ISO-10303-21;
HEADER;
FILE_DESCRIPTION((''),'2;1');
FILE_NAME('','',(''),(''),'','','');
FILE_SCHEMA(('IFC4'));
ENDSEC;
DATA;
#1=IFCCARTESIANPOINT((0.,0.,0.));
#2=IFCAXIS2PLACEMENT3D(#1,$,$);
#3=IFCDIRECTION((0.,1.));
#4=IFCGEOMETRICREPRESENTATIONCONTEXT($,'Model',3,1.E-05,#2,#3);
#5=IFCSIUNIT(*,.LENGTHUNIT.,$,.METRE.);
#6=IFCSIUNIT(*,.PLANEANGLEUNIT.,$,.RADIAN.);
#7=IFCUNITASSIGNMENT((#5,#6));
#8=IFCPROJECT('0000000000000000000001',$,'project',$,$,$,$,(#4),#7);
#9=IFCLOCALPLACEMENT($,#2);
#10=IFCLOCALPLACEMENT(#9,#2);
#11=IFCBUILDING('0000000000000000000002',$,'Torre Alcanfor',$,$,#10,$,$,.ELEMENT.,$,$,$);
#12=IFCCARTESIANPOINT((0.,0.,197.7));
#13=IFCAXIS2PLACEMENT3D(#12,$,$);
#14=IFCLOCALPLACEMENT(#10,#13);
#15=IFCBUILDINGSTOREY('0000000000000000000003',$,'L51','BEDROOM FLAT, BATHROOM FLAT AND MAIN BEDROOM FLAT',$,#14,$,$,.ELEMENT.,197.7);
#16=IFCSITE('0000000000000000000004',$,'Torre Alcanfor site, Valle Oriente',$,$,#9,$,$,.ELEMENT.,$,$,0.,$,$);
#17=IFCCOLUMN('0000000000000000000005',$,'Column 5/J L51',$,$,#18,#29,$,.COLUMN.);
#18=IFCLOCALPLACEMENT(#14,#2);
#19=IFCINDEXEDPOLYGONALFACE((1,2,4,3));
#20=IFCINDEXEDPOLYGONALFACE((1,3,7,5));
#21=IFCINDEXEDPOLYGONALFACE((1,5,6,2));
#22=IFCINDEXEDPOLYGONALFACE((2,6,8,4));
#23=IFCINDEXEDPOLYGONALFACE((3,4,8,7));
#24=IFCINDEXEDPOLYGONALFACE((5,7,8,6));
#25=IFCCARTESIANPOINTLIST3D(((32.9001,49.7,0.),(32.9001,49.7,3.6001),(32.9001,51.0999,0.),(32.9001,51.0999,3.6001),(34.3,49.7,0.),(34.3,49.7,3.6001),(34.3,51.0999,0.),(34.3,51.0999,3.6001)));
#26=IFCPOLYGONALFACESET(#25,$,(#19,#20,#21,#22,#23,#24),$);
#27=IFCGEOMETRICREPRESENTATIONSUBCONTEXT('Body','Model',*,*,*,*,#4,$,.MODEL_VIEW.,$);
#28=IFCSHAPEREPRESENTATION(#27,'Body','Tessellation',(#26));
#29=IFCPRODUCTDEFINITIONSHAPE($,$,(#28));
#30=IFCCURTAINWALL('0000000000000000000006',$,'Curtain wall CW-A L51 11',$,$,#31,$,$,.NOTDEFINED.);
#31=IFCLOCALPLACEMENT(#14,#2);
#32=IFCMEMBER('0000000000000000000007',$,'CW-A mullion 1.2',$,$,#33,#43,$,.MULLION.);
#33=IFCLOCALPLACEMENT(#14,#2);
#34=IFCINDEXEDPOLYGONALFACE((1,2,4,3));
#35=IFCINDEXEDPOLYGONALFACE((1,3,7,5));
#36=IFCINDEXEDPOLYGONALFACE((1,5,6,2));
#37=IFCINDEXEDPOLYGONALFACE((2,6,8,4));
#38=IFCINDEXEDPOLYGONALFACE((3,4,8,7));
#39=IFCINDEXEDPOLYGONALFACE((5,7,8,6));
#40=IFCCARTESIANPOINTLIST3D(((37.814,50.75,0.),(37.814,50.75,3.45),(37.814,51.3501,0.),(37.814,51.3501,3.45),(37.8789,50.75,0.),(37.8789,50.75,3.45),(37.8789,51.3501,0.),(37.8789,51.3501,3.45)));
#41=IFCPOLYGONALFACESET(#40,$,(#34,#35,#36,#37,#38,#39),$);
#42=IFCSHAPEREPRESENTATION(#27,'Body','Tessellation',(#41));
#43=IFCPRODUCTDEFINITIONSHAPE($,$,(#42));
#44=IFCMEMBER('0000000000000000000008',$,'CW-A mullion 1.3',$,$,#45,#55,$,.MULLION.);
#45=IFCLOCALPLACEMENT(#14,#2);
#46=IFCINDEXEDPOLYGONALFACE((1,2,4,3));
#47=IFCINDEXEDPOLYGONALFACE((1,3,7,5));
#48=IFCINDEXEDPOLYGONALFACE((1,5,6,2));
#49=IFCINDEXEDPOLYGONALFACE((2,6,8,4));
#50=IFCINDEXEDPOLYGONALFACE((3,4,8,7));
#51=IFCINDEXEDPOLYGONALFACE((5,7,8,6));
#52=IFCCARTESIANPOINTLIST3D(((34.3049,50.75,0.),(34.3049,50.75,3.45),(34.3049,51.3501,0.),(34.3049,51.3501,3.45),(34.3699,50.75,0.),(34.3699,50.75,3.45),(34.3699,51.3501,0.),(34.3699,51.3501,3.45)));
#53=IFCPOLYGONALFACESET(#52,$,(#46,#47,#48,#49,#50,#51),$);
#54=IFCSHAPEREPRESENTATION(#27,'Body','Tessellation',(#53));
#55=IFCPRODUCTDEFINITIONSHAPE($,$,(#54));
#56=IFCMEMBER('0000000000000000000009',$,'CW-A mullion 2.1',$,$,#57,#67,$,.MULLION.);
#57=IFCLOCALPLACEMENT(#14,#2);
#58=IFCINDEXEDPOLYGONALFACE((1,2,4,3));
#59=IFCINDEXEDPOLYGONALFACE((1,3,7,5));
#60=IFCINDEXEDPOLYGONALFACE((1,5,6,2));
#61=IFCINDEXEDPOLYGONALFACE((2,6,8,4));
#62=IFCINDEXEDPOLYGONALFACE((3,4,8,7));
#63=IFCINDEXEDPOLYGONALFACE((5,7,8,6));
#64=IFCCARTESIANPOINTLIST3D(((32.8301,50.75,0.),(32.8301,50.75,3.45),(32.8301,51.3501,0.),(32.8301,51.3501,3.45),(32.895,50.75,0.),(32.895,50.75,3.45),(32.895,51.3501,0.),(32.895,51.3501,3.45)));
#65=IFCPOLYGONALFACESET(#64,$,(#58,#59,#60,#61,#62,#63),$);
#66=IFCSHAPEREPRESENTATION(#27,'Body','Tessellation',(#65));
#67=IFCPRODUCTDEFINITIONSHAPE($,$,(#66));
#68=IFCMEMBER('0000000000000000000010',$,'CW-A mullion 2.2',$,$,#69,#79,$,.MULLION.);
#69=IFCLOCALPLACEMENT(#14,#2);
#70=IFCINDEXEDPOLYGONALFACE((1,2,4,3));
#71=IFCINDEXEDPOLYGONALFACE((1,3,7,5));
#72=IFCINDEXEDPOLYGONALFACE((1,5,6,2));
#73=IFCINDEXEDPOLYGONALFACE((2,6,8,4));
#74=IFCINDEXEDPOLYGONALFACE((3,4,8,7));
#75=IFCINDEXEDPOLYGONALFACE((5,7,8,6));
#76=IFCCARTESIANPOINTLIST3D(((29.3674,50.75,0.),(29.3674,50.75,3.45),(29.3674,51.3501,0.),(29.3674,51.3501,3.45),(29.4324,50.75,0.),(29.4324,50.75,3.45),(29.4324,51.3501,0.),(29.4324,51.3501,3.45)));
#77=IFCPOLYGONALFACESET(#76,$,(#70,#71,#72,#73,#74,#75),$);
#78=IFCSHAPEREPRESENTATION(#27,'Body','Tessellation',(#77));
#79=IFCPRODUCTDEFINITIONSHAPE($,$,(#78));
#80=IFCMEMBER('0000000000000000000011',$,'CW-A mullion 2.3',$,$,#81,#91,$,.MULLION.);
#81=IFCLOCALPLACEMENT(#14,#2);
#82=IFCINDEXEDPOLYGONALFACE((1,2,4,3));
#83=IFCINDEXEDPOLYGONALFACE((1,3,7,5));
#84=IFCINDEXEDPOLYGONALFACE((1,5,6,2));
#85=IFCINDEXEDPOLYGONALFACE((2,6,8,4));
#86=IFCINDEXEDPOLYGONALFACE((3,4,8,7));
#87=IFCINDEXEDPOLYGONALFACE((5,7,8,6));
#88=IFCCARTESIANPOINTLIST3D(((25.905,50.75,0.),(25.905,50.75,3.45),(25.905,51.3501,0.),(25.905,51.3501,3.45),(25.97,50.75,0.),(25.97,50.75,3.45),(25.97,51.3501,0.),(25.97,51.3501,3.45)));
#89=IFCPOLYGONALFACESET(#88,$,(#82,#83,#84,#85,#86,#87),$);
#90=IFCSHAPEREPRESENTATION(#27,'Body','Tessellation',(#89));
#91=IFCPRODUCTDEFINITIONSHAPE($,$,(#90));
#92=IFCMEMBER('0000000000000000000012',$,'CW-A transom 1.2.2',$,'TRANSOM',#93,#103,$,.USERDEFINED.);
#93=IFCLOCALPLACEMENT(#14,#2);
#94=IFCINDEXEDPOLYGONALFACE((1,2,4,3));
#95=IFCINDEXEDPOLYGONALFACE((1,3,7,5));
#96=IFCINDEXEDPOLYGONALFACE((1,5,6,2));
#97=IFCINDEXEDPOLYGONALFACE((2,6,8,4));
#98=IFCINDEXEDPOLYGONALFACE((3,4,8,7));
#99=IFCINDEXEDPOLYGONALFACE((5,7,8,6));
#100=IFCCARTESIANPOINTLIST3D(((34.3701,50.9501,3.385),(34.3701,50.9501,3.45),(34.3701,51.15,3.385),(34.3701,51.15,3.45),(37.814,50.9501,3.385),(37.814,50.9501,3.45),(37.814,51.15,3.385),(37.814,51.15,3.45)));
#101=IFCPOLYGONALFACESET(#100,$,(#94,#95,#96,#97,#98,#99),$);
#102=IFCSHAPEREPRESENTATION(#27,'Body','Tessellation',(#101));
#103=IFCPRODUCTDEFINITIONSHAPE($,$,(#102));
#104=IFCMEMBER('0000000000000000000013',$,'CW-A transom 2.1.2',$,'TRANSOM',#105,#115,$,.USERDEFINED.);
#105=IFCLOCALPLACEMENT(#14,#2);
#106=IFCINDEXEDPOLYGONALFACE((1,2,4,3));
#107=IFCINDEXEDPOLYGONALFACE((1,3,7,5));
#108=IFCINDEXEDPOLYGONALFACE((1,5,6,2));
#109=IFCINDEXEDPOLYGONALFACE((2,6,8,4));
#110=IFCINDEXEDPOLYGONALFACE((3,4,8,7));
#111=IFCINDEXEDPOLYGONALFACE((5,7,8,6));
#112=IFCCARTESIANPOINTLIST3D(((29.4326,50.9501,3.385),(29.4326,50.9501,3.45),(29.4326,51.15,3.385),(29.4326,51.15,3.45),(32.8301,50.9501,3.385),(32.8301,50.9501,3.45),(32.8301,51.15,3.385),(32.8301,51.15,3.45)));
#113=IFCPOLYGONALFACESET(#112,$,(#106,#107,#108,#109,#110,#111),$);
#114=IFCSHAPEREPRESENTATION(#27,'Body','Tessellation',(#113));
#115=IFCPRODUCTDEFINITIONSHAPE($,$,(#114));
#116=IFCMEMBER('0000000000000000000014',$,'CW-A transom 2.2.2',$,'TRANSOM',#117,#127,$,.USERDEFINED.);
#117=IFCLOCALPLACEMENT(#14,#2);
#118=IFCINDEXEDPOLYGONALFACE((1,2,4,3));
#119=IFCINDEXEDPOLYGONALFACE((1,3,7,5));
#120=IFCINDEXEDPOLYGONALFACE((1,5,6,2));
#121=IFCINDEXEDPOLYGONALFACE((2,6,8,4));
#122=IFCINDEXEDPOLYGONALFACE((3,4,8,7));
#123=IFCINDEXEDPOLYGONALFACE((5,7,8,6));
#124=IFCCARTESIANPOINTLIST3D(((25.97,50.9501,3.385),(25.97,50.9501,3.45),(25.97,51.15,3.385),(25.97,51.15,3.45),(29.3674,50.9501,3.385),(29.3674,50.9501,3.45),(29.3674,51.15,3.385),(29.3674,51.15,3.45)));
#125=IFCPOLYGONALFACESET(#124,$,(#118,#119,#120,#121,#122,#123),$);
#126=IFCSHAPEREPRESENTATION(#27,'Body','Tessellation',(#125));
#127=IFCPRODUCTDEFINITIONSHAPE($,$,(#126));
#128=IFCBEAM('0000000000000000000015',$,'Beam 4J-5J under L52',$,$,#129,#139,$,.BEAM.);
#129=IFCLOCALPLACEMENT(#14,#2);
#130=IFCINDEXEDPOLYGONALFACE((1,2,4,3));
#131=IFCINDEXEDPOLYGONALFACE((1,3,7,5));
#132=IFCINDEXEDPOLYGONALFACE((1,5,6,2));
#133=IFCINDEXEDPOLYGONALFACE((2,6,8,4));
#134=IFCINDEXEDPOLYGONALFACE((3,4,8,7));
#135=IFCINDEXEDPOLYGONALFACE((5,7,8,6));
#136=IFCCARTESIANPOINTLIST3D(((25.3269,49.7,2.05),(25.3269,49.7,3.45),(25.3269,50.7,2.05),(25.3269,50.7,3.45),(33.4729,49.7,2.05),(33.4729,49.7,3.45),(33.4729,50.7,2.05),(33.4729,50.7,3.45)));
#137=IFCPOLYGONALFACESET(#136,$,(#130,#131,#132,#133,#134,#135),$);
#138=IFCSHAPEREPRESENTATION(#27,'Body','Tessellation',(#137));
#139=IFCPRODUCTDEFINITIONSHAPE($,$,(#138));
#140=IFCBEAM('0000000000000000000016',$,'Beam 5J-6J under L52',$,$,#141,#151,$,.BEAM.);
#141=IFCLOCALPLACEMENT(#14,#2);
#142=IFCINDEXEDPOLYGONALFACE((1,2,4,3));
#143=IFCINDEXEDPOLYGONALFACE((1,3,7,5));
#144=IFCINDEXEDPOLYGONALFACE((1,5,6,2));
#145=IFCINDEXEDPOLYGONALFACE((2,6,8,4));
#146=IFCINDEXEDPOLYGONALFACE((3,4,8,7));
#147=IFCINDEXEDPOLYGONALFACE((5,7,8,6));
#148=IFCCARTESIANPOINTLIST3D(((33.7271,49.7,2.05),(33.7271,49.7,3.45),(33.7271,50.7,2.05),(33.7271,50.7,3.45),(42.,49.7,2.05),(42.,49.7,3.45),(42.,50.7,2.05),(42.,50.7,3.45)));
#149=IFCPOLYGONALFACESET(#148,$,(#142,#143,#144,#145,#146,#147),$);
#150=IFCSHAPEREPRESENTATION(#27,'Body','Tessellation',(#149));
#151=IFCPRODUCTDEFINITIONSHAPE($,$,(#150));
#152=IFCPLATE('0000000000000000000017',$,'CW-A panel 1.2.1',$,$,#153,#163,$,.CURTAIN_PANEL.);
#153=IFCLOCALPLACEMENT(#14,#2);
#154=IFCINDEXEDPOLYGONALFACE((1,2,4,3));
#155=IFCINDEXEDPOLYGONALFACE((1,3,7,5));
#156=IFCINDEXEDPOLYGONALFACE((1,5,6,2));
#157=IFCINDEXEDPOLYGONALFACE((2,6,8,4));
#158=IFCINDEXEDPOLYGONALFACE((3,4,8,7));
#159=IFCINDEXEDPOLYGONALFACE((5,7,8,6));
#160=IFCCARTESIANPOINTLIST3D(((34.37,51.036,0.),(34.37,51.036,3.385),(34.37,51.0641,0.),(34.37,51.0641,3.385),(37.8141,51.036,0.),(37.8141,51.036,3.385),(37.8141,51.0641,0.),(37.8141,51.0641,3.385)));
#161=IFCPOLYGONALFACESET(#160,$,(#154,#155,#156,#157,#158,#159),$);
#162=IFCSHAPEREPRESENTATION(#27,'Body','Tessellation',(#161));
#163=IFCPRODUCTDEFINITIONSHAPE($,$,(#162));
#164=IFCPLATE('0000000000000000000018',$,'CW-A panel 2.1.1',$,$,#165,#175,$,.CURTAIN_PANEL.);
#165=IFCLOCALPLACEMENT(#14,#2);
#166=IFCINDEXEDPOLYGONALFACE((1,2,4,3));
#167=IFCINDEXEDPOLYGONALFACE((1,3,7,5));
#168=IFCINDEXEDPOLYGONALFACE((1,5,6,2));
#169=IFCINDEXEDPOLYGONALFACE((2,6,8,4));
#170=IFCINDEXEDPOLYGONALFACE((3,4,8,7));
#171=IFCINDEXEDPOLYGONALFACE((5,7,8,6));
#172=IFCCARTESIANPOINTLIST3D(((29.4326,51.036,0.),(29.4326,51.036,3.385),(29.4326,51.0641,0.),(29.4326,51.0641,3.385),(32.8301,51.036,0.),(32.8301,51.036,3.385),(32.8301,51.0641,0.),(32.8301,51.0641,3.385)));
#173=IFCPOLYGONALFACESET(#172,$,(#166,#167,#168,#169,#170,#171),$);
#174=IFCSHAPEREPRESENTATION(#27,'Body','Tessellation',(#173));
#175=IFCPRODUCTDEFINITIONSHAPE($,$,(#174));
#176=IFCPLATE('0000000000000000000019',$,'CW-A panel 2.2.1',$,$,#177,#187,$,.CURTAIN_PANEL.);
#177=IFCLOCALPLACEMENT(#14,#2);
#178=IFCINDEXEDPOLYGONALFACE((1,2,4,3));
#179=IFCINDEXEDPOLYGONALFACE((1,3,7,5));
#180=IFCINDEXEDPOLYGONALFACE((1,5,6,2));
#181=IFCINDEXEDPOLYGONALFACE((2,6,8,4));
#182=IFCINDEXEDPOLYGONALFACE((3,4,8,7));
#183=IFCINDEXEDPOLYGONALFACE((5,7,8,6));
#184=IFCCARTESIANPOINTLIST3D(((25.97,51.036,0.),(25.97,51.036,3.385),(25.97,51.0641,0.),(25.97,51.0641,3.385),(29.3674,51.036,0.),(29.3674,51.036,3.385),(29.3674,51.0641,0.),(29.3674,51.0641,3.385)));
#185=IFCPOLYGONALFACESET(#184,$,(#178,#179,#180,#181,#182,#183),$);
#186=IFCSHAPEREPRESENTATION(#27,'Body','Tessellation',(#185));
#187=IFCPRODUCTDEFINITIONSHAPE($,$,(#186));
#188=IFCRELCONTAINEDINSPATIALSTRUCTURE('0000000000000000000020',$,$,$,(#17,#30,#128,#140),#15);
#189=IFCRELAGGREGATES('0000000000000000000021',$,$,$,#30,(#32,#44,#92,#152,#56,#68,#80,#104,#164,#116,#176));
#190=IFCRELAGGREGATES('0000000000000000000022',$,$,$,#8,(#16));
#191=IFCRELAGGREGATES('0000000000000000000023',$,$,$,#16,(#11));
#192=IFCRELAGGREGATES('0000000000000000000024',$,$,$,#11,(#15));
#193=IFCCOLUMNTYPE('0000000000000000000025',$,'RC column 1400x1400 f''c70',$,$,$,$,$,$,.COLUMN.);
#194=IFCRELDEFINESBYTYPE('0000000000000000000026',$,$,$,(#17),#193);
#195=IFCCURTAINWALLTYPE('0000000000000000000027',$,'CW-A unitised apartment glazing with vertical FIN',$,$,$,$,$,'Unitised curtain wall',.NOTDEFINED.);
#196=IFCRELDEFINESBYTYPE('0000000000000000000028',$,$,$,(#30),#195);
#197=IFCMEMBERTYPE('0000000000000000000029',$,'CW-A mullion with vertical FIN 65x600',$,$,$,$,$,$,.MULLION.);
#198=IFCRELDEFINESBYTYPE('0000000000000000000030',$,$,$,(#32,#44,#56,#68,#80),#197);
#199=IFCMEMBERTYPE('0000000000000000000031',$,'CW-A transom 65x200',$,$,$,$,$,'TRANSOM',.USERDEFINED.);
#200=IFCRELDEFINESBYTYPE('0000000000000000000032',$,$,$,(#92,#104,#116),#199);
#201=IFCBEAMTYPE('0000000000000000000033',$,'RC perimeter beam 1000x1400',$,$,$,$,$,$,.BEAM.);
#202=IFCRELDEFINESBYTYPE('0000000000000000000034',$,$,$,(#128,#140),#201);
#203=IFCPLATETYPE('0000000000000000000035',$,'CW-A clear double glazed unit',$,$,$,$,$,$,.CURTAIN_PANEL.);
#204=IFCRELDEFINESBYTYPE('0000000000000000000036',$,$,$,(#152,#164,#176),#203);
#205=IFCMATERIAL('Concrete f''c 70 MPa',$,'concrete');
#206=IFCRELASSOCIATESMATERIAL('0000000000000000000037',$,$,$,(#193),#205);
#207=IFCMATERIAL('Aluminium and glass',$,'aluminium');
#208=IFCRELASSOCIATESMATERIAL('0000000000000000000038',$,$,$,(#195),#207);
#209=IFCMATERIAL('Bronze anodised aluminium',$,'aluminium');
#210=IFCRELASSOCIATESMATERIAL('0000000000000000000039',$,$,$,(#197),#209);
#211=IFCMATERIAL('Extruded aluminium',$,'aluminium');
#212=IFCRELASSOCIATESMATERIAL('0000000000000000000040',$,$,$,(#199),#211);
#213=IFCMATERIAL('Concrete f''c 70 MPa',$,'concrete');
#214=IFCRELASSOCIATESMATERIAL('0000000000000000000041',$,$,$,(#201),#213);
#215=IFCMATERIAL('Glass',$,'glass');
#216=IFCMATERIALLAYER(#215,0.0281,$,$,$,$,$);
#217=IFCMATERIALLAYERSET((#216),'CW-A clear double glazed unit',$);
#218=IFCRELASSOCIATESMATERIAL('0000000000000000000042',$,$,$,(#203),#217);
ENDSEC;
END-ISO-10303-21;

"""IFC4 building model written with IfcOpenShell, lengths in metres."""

from ifc_helpers import new_model, si_unit, direction, frame, origin, origin_2d, place, context, subcontext, project, spatial, rectangle, extrude, material, layer, layer_set, material_profile, profile_set, type_object, element, aggregate, save


model = new_model("IFC4")

# Units and contexts
model_context = context("Model", 3, precision=1e-05, world=origin(), true_north=direction((0.0, 1.0)))
body_context = subcontext(model_context, "Body", "Model", "MODEL_VIEW")
ifc_project = project(units=[si_unit("LENGTHUNIT", "METRE"), si_unit("PLANEANGLEUNIT", "RADIAN")], contexts=[model_context])

# Site, building, storey
site_placement = place(None, origin())
site = spatial("IfcSite", under=ifc_project, at=site_placement, Name="Torre Alcanfor site, Valle Oriente", CompositionType="ELEMENT", RefElevation=0.0)
building_placement = place(site_placement, origin())
building = spatial("IfcBuilding", under=site, at=building_placement, Name="Torre Alcanfor", CompositionType="ELEMENT")
storey_placement = place(building_placement, frame((0.0, 0.0, 197.7)))
storey = spatial("IfcBuildingStorey", under=building, at=storey_placement, Name="L51", Description="BEDROOM FLAT, BATHROOM FLAT AND MAIN BEDROOM FLAT", CompositionType="ELEMENT", Elevation=197.7)

# Column
ifc_material_1 = material(Name="Concrete f'c 70 MPa", Category="concrete")
ifc_material_profile_1 = material_profile(ifc_material_1, rectangle(XDim=1.3999, YDim=1.3999, at=origin_2d()), Name="1400x1400")
ifc_profile_set_1 = profile_set([ifc_material_profile_1], Name="Concrete f'c 70 MPa")
column_type = type_object("IfcColumnType", Name="RC column 1400x1400 f'c70", PredefinedType="COLUMN", material=ifc_profile_set_1)
column_placement = place(storey_placement, frame((33.6001, 50.3999, 0.0), z_axis=(0.0, 0.0, 1.0), x_axis=(1.0, 0.0, 0.0)))
element("IfcColumn", 1, at=column_placement, inside=storey, type_object=column_type, Name="Column 5/J L51", PredefinedType="COLUMN", context=body_context, shape_type="SweptSolid", body=[
    extrude(rectangle(XDim=1.3999, YDim=1.3999, at=origin_2d()), origin(), (0.0, 0.0, 1.0), 3.6001),
])

# Curtain wall, members
ifc_material_2 = material(Name="Aluminium and glass", Category="aluminium")
curtain_wall_type = type_object("IfcCurtainWallType", Name="CW-A unitised apartment glazing with vertical FIN", ElementType="Unitised curtain wall", PredefinedType="NOTDEFINED", material=ifc_material_2)
curtain_wall_placement = place(storey_placement, origin())
curtain_wall = element("IfcCurtainWall", 2, at=curtain_wall_placement, inside=storey, type_object=curtain_wall_type, Name="Curtain wall CW-A L51 11", PredefinedType="NOTDEFINED")
ifc_material_3 = material(Name="Bronze anodised aluminium", Category="aluminium")
ifc_material_profile_2 = material_profile(ifc_material_3, rectangle(XDim=0.6001, YDim=0.0649, at=origin_2d()), Name="CW-A mullion 65x600")
ifc_profile_set_2 = profile_set([ifc_material_profile_2], Name="Bronze anodised aluminium")
member_type_1 = type_object("IfcMemberType", Name="CW-A mullion with vertical FIN 65x600", PredefinedType="MULLION", material=ifc_profile_set_2)
member_1_placement = place(storey_placement, frame((37.8464, 51.05, 0.0), z_axis=(0.0, 0.0, 1.0), x_axis=(0.0, -1.0, 0.0)))
member_1 = element("IfcMember", 3, at=member_1_placement, type_object=member_type_1, Name="CW-A mullion 1.2", PredefinedType="MULLION", context=body_context, shape_type="SweptSolid", body=[
    extrude(rectangle(XDim=0.6001, YDim=0.0649, at=origin_2d()), origin(), (0.0, 0.0, 1.0), 3.45),
])
member_2_placement = place(storey_placement, frame((34.3374, 51.05, 0.0), z_axis=(0.0, 0.0, 1.0), x_axis=(0.0, -1.0, 0.0)))
member_2 = element("IfcMember", 4, at=member_2_placement, type_object=member_type_1, Name="CW-A mullion 1.3", PredefinedType="MULLION", context=body_context, shape_type="SweptSolid", body=[
    extrude(rectangle(XDim=0.6001, YDim=0.0649, at=origin_2d()), origin(), (0.0, 0.0, 1.0), 3.45),
])
member_3_placement = place(storey_placement, frame((32.8625, 51.05, 0.0), z_axis=(0.0, 0.0, 1.0), x_axis=(0.0, -1.0, 0.0)))
member_3 = element("IfcMember", 5, at=member_3_placement, type_object=member_type_1, Name="CW-A mullion 2.1", PredefinedType="MULLION", context=body_context, shape_type="SweptSolid", body=[
    extrude(rectangle(XDim=0.6001, YDim=0.0649, at=origin_2d()), origin(), (0.0, 0.0, 1.0), 3.45),
])
member_4_placement = place(storey_placement, frame((29.3999, 51.05, 0.0), z_axis=(0.0, 0.0, 1.0), x_axis=(0.0, -1.0, 0.0)))
member_4 = element("IfcMember", 6, at=member_4_placement, type_object=member_type_1, Name="CW-A mullion 2.2", PredefinedType="MULLION", context=body_context, shape_type="SweptSolid", body=[
    extrude(rectangle(XDim=0.6001, YDim=0.0649, at=origin_2d()), origin(), (0.0, 0.0, 1.0), 3.45),
])
member_5_placement = place(storey_placement, frame((25.9375, 51.05, 0.0), z_axis=(0.0, 0.0, 1.0), x_axis=(0.0, -1.0, 0.0)))
member_5 = element("IfcMember", 7, at=member_5_placement, type_object=member_type_1, Name="CW-A mullion 2.3", PredefinedType="MULLION", context=body_context, shape_type="SweptSolid", body=[
    extrude(rectangle(XDim=0.6001, YDim=0.0649, at=origin_2d()), origin(), (0.0, 0.0, 1.0), 3.45),
])
ifc_material_4 = material(Name="Extruded aluminium", Category="aluminium")
ifc_material_profile_3 = material_profile(ifc_material_4, rectangle(XDim=0.2, YDim=0.0649, at=origin_2d()), Name="CW-A transom 200x65")
ifc_profile_set_3 = profile_set([ifc_material_profile_3], Name="Extruded aluminium")
member_type_2 = type_object("IfcMemberType", Name="CW-A transom 65x200", ElementType="TRANSOM", PredefinedType="USERDEFINED", material=ifc_profile_set_3)
member_6_placement = place(storey_placement, frame((37.814, 51.05, 3.4175), z_axis=(-1.0, 0.0, 0.0), x_axis=(0.0, -1.0, 0.0)))
member_6 = element("IfcMember", 8, at=member_6_placement, type_object=member_type_2, Name="CW-A transom 1.2.2", ObjectType="TRANSOM", PredefinedType="USERDEFINED", context=body_context, shape_type="SweptSolid", body=[
    extrude(rectangle(XDim=0.2, YDim=0.0649, at=origin_2d()), origin(), (0.0, 0.0, 1.0), 3.4438),
])
member_7_placement = place(storey_placement, frame((32.8301, 51.05, 3.4175), z_axis=(-1.0, 0.0, 0.0), x_axis=(0.0, -1.0, 0.0)))
member_7 = element("IfcMember", 9, at=member_7_placement, type_object=member_type_2, Name="CW-A transom 2.1.2", ObjectType="TRANSOM", PredefinedType="USERDEFINED", context=body_context, shape_type="SweptSolid", body=[
    extrude(rectangle(XDim=0.2, YDim=0.0649, at=origin_2d()), origin(), (0.0, 0.0, 1.0), 3.3975),
])
member_8_placement = place(storey_placement, frame((29.3674, 51.05, 3.4175), z_axis=(-1.0, 0.0, 0.0), x_axis=(0.0, -1.0, 0.0)))
member_8 = element("IfcMember", 10, at=member_8_placement, type_object=member_type_2, Name="CW-A transom 2.2.2", ObjectType="TRANSOM", PredefinedType="USERDEFINED", context=body_context, shape_type="SweptSolid", body=[
    extrude(rectangle(XDim=0.2, YDim=0.0649, at=origin_2d()), origin(), (0.0, 0.0, 1.0), 3.3975),
])

# Beams
ifc_material_5 = material(Name="Concrete f'c 70 MPa", Category="concrete")
ifc_material_profile_4 = material_profile(ifc_material_5, rectangle(XDim=1.0, YDim=1.3999, at=origin_2d()), Name="1000x1400")
ifc_profile_set_4 = profile_set([ifc_material_profile_4], Name="Concrete f'c 70 MPa")
beam_type = type_object("IfcBeamType", Name="RC perimeter beam 1000x1400", PredefinedType="BEAM", material=ifc_profile_set_4)
beam_1_placement = place(storey_placement, frame((25.3269, 50.2, 2.75), z_axis=(1.0, 0.0, 0.0), x_axis=(0.0, 1.0, 0.0)))
element("IfcBeam", 11, at=beam_1_placement, inside=storey, type_object=beam_type, Name="Beam 4J-5J under L52", PredefinedType="BEAM", context=body_context, shape_type="SweptSolid", body=[
    extrude(rectangle(XDim=1.0, YDim=1.3999, at=origin_2d()), origin(), (0.0, 0.0, 1.0), 8.146),
])
beam_2_placement = place(storey_placement, frame((33.7271, 50.2, 2.75), z_axis=(1.0, 0.0, 0.0), x_axis=(0.0, 1.0, 0.0)))
element("IfcBeam", 12, at=beam_2_placement, inside=storey, type_object=beam_type, Name="Beam 5J-6J under L52", PredefinedType="BEAM", context=body_context, shape_type="SweptSolid", body=[
    extrude(rectangle(XDim=1.0, YDim=1.3999, at=origin_2d()), origin(), (0.0, 0.0, 1.0), 8.2729),
])

# Plates
ifc_material_6 = material(Name="Glass", Category="glass")
ifc_layer_1 = layer(ifc_material_6, 0.0281)
ifc_layer_set_1 = layer_set([ifc_layer_1], Name="CW-A clear double glazed unit")
plate_type = type_object("IfcPlateType", Name="CW-A clear double glazed unit", PredefinedType="CURTAIN_PANEL", material=ifc_layer_set_1)
plate_1_placement = place(storey_placement, frame((36.092, 51.05, 0.0), z_axis=(0.0, 0.0, 1.0), x_axis=(-1.0, 0.0, 0.0)))
plate_1 = element("IfcPlate", 13, at=plate_1_placement, type_object=plate_type, Name="CW-A panel 1.2.1", PredefinedType="CURTAIN_PANEL", context=body_context, shape_type="SweptSolid", body=[
    extrude(rectangle(XDim=3.4441, YDim=0.0281, at=origin_2d()), origin(), (0.0, 0.0, 1.0), 3.385),
])
plate_2_placement = place(storey_placement, frame((31.1313, 51.05, 0.0), z_axis=(0.0, 0.0, 1.0), x_axis=(-1.0, 0.0, 0.0)))
plate_2 = element("IfcPlate", 14, at=plate_2_placement, type_object=plate_type, Name="CW-A panel 2.1.1", PredefinedType="CURTAIN_PANEL", context=body_context, shape_type="SweptSolid", body=[
    extrude(rectangle(XDim=3.3975, YDim=0.0281, at=origin_2d()), origin(), (0.0, 0.0, 1.0), 3.385),
])
plate_3_placement = place(storey_placement, frame((27.6687, 51.05, 0.0), z_axis=(0.0, 0.0, 1.0), x_axis=(-1.0, 0.0, 0.0)))
plate_3 = element("IfcPlate", 15, at=plate_3_placement, type_object=plate_type, Name="CW-A panel 2.2.1", PredefinedType="CURTAIN_PANEL", context=body_context, shape_type="SweptSolid", body=[
    extrude(rectangle(XDim=3.3975, YDim=0.0281, at=origin_2d()), origin(), (0.0, 0.0, 1.0), 3.385),
])
aggregate(curtain_wall, [member_1, member_2, member_6, plate_1, member_3, member_4, member_5, member_7, plate_2, member_8, plate_3])

save(model, "model.ifc")
